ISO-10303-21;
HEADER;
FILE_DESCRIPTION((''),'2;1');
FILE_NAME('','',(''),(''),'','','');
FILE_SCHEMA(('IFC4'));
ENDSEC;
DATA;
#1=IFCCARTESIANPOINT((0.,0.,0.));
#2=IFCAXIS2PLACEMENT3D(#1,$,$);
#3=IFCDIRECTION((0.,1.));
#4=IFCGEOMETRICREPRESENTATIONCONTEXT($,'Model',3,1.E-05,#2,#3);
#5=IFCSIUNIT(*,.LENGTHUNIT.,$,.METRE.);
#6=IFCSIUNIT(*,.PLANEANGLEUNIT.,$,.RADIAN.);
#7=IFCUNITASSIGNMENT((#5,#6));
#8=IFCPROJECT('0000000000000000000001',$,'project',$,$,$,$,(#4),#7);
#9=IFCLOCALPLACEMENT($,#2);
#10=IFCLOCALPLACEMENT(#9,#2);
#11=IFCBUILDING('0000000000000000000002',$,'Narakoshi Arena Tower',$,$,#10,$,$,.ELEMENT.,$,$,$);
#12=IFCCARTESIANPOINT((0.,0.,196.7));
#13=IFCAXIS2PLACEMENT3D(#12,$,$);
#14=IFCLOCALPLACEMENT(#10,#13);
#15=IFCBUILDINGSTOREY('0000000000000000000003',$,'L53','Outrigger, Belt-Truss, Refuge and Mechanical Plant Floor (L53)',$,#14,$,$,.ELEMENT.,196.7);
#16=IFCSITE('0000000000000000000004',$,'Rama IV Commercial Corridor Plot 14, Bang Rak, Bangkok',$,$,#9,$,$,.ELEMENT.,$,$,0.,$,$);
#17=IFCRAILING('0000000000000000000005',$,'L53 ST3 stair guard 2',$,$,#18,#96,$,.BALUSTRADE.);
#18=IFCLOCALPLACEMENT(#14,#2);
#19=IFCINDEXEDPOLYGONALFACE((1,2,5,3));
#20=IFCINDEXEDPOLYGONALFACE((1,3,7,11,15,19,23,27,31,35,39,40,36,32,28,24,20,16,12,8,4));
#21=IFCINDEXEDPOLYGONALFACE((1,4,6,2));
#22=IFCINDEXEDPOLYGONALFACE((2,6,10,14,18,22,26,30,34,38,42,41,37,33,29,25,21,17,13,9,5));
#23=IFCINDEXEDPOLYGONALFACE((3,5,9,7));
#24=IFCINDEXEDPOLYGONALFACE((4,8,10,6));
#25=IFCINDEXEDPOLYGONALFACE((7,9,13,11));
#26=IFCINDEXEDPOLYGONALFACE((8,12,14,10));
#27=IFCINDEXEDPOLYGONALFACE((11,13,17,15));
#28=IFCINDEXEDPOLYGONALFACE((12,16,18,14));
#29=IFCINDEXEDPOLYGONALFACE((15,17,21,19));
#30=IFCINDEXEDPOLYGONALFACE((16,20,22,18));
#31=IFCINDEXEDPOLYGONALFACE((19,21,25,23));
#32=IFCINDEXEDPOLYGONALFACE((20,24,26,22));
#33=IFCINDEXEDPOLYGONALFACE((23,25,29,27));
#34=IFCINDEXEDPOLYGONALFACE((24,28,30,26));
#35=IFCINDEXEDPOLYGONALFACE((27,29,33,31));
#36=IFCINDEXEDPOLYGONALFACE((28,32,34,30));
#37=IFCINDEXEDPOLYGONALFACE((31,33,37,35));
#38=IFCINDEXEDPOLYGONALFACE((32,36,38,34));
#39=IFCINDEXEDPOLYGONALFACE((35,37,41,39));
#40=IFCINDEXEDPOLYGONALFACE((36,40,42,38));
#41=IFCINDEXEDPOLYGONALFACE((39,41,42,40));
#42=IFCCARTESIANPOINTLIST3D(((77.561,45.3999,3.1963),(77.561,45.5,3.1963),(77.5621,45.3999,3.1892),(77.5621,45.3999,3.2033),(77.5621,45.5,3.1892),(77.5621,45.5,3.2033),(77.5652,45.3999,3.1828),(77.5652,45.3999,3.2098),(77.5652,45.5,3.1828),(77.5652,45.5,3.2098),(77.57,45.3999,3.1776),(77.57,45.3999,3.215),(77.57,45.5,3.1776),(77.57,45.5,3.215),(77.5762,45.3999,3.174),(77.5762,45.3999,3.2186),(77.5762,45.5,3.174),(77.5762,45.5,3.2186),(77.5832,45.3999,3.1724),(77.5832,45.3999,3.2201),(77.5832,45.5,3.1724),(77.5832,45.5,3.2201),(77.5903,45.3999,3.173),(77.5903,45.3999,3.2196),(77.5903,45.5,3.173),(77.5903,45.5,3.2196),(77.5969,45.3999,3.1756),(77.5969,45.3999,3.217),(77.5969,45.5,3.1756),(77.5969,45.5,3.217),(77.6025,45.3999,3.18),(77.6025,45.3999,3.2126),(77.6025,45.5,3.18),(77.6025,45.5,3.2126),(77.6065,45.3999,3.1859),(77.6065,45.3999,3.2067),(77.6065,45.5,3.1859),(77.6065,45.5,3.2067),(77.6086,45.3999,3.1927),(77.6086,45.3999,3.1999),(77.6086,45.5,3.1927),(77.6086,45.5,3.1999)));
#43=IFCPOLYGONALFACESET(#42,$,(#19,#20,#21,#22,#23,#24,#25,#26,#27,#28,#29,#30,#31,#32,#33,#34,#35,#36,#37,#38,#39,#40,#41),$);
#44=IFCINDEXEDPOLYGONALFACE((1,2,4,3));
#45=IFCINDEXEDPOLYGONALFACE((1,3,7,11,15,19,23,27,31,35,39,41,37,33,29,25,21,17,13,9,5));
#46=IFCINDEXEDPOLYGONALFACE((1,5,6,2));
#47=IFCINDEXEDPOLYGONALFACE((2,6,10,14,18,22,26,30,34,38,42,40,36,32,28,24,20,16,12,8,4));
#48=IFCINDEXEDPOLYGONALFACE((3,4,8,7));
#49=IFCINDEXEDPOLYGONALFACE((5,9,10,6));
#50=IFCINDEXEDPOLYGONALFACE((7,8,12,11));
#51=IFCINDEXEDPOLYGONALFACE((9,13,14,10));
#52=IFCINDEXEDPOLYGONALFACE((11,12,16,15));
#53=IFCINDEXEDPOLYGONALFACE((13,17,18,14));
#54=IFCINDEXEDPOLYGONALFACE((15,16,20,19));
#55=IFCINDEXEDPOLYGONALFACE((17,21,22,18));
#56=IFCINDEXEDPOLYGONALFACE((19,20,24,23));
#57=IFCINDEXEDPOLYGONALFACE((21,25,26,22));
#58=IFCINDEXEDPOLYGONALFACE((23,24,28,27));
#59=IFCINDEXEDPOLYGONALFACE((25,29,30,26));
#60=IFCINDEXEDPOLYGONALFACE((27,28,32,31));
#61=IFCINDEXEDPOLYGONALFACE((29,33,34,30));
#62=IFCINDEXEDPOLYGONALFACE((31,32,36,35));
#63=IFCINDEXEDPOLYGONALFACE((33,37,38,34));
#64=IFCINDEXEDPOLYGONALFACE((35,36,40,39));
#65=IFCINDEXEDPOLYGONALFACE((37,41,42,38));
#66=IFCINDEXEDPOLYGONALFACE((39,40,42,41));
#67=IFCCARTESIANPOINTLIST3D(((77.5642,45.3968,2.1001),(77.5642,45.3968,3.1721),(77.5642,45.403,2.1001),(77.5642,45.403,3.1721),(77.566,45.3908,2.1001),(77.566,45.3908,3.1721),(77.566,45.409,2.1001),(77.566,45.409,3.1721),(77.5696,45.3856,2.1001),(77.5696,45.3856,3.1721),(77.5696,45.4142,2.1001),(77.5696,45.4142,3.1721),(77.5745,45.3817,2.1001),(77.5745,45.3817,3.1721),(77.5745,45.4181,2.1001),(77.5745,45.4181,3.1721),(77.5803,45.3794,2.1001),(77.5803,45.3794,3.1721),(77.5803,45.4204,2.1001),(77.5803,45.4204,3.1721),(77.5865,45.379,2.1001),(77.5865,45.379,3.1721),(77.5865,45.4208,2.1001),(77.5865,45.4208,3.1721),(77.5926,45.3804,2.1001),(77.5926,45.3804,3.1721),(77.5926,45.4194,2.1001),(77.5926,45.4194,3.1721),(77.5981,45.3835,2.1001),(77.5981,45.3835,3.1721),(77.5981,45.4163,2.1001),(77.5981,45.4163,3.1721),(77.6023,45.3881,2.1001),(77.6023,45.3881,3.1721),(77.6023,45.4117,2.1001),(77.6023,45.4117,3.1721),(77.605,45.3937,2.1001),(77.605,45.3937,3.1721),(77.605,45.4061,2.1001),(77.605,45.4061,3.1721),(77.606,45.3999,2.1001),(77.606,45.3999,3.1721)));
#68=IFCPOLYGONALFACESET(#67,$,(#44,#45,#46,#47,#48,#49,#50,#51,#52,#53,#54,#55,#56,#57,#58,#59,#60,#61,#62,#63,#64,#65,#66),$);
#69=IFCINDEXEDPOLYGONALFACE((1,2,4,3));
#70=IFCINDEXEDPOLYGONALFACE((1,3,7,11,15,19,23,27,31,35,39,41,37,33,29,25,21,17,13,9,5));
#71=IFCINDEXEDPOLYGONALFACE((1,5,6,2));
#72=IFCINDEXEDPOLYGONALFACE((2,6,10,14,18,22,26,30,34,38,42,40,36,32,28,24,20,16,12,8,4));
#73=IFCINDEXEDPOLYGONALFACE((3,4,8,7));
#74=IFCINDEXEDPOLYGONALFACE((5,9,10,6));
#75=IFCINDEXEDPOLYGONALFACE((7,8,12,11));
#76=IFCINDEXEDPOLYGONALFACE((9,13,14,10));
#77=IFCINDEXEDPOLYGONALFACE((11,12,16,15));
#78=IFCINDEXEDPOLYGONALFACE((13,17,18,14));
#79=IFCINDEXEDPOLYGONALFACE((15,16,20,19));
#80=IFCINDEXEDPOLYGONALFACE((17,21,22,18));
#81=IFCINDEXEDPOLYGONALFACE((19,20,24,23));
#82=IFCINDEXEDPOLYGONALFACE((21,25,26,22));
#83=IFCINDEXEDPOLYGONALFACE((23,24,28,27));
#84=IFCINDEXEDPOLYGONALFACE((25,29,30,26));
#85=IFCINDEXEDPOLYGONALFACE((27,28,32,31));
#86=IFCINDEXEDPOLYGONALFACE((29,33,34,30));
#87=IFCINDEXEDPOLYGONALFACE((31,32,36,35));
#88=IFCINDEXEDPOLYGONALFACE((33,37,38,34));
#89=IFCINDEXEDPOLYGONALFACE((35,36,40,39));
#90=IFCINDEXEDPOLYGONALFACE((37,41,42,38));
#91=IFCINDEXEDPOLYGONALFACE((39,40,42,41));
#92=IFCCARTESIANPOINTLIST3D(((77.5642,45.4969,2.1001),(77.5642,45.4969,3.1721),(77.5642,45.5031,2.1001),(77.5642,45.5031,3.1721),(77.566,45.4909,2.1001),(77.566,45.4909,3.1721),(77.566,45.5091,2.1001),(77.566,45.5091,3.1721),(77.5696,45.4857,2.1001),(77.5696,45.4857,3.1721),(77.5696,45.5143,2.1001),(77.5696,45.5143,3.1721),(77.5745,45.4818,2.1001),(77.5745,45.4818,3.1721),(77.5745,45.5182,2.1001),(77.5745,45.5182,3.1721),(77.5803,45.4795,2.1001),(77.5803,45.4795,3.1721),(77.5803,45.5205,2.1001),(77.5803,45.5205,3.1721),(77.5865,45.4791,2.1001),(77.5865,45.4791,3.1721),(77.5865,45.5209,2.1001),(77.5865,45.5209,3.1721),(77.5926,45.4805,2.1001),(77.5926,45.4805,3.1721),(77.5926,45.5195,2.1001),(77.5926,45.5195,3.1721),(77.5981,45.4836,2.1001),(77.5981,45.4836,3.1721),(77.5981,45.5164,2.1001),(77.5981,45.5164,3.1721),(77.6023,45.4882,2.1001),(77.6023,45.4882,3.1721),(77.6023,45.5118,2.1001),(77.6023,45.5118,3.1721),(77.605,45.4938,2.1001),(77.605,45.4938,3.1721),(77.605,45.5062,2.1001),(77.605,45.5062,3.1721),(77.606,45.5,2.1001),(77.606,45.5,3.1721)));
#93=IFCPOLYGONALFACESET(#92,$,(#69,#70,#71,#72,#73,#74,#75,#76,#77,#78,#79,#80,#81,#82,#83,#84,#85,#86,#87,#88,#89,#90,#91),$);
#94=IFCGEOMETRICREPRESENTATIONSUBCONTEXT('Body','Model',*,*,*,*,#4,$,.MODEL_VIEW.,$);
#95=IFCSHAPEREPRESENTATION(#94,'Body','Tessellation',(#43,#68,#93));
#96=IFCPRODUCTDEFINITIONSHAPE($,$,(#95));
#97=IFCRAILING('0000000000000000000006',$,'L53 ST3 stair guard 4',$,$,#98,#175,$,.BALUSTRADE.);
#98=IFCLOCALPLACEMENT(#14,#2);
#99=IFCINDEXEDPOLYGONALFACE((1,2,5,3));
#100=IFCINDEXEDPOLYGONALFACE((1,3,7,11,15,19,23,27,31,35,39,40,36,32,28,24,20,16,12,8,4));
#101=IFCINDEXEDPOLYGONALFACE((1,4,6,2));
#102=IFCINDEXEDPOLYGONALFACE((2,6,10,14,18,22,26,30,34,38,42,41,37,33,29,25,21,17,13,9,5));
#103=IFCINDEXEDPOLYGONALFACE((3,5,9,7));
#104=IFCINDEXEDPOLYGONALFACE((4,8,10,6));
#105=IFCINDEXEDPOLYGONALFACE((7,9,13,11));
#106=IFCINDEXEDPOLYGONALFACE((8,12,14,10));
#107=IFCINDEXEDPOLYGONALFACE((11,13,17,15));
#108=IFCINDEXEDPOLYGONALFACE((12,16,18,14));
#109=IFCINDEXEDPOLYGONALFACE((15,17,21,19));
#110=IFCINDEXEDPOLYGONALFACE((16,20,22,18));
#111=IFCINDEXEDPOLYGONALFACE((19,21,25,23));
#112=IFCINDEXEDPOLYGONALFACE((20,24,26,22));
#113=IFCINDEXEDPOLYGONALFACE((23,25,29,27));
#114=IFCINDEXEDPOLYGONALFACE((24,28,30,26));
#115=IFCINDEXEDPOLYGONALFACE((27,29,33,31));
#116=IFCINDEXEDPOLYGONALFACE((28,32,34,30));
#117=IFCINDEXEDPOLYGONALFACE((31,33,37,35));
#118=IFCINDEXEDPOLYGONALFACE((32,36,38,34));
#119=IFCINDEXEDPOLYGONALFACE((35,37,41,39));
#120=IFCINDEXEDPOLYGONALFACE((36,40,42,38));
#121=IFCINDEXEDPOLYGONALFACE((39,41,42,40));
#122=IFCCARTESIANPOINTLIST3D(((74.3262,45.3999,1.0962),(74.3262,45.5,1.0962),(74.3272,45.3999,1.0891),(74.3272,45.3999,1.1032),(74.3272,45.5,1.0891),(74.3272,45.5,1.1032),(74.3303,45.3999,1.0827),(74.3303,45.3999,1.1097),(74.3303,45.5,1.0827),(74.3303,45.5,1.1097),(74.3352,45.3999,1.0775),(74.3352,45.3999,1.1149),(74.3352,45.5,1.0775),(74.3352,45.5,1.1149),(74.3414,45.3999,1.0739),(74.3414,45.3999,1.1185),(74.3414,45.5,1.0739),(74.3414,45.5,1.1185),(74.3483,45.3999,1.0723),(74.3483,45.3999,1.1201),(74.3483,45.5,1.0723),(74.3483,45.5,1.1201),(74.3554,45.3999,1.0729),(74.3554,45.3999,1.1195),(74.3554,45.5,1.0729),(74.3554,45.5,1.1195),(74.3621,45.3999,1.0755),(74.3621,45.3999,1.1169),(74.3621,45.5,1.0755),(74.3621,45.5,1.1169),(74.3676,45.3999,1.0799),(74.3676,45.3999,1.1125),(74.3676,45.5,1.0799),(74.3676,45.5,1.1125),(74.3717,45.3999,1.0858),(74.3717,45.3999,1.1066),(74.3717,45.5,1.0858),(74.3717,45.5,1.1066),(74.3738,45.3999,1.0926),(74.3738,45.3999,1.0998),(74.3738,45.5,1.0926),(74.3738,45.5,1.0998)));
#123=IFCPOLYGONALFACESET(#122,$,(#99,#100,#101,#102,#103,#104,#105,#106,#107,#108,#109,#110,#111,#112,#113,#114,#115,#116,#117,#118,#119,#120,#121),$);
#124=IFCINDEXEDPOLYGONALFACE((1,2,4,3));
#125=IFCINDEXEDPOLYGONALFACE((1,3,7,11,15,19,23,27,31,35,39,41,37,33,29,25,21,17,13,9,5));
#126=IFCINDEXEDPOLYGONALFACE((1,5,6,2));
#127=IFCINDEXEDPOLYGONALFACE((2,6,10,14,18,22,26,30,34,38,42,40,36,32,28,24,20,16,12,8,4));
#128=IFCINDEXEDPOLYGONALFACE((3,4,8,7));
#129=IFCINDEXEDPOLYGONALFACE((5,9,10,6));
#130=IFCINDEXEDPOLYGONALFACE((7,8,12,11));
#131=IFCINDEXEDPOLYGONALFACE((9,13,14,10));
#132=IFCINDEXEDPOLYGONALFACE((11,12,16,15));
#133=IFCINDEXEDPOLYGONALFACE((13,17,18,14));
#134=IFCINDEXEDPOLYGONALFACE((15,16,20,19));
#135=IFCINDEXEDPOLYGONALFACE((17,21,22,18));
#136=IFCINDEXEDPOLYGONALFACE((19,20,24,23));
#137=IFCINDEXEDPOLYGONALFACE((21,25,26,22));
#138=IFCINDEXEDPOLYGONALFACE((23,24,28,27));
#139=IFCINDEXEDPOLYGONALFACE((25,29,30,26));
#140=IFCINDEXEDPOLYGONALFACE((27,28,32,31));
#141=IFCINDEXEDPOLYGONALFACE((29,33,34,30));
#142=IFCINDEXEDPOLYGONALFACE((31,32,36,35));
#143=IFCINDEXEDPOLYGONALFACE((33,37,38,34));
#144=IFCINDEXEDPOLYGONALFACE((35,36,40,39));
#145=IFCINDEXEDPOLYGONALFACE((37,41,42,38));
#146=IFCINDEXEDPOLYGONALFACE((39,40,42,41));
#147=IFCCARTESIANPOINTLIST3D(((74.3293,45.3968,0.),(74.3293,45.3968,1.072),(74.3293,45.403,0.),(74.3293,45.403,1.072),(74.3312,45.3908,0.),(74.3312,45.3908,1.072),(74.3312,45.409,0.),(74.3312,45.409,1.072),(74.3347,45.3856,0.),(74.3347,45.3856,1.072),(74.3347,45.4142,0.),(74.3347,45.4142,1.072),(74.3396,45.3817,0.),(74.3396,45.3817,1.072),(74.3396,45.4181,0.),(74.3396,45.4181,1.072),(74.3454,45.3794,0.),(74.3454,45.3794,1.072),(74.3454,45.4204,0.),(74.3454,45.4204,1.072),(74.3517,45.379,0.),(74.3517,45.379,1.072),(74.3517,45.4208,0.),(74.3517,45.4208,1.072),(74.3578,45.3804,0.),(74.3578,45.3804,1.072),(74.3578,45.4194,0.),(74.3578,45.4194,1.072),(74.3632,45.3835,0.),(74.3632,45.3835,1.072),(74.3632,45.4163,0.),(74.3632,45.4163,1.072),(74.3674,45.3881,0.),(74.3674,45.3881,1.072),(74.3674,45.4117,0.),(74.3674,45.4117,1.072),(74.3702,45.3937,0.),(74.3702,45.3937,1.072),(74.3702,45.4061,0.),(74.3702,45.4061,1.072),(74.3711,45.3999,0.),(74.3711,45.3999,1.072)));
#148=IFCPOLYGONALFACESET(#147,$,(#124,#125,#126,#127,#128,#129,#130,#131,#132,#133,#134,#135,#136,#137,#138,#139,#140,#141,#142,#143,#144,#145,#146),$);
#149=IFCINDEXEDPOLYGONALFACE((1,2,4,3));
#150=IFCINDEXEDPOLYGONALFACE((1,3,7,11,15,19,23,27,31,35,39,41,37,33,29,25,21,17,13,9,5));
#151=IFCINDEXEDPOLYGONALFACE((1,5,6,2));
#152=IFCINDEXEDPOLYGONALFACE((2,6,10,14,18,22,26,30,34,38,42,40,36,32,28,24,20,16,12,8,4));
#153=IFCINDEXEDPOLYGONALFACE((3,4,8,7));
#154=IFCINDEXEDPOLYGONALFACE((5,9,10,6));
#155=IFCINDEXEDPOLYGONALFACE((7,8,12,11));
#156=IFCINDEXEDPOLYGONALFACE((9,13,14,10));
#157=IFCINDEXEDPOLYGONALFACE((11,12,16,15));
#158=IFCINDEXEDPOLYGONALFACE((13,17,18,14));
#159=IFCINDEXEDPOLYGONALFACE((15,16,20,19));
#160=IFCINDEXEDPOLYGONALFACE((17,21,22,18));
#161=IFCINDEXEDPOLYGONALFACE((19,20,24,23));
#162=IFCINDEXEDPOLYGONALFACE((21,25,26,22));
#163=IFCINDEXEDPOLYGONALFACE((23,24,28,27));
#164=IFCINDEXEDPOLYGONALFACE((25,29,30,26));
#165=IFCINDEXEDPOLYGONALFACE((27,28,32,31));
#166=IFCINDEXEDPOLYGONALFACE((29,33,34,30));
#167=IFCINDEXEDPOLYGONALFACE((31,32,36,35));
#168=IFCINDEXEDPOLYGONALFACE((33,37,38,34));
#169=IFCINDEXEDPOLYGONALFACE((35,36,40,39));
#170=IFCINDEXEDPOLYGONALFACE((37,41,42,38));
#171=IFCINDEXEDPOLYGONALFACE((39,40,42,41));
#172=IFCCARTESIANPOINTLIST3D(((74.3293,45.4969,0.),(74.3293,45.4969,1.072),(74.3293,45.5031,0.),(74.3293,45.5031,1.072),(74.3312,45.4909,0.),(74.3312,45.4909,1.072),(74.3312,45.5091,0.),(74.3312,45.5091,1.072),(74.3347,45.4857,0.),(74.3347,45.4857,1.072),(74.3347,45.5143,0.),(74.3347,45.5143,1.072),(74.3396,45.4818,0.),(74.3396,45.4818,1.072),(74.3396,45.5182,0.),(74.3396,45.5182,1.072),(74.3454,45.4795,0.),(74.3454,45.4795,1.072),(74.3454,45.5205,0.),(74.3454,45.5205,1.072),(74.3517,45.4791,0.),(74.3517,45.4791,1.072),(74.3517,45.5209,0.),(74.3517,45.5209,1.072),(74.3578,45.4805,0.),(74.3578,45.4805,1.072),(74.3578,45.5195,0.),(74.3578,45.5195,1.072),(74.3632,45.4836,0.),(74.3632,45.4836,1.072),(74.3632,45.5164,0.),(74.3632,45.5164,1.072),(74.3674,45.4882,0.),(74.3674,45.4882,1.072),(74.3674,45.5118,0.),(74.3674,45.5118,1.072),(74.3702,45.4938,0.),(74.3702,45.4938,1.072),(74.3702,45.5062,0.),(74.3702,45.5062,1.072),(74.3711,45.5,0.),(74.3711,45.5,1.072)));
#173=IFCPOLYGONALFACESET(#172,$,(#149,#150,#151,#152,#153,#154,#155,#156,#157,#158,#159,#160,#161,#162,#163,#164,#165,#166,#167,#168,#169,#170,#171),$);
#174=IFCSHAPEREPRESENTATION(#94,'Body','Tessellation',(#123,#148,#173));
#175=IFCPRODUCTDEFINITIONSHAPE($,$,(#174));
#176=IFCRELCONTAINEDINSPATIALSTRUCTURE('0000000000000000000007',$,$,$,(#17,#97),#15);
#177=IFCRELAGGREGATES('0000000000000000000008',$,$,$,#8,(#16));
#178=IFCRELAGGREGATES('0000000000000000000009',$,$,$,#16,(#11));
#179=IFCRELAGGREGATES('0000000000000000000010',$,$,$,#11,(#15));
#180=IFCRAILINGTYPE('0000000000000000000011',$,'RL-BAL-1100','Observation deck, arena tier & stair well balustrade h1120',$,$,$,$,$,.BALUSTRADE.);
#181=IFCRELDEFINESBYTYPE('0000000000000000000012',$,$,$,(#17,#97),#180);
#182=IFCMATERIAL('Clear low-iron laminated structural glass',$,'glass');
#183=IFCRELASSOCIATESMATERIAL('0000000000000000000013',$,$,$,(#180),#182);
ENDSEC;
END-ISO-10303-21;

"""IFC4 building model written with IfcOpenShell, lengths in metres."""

from ifc_helpers import new_model, si_unit, direction, frame, origin, origin_2d, place, context, subcontext, project, spatial, circle, extrude, material, type_object, element, save


model = new_model("IFC4")

# Units and contexts
model_context = context("Model", 3, precision=1e-05, world=origin(), true_north=direction((0.0, 1.0)))
body_context = subcontext(model_context, "Body", "Model", "MODEL_VIEW")
ifc_project = project(units=[si_unit("LENGTHUNIT", "METRE"), si_unit("PLANEANGLEUNIT", "RADIAN")], contexts=[model_context])

# Site, building, storey
site_placement = place(None, origin())
site = spatial("IfcSite", under=ifc_project, at=site_placement, Name="Rama IV Commercial Corridor Plot 14, Bang Rak, Bangkok", CompositionType="ELEMENT", RefElevation=0.0)
building_placement = place(site_placement, origin())
building = spatial("IfcBuilding", under=site, at=building_placement, Name="Narakoshi Arena Tower", CompositionType="ELEMENT")
storey_placement = place(building_placement, frame((0.0, 0.0, 196.7)))
storey = spatial("IfcBuildingStorey", under=building, at=storey_placement, Name="L53", Description="Outrigger, Belt-Truss, Refuge and Mechanical Plant Floor (L53)", CompositionType="ELEMENT", Elevation=196.7)

# Railings
ifc_material_1 = material(Name="Clear low-iron laminated structural glass", Category="glass")
railing_type_1 = type_object("IfcRailingType", Name="RL-BAL-1100", Description="Observation deck, arena tier & stair well balustrade h1120", PredefinedType="BALUSTRADE", material=ifc_material_1)
for number, where, name in (
    (1, (77.585, 45.3999, 2.1001), "L53 ST3 stair guard 2"),
    (2, (74.3501, 45.3999, 0.0), "L53 ST3 stair guard 4"),
):
    element("IfcRailing", number, at=place(storey_placement, frame(where)), inside=storey, type_object=railing_type_1, Name=name, PredefinedType="BALUSTRADE", context=body_context, shape_type="SweptSolid", body=[
        extrude(circle(Radius=0.0239, at=origin_2d()), frame((0.0, 0.0, 1.0962), z_axis=(0.0, 1.0, 0.0), x_axis=(-1.0, 0.0, 0.0)), (0.0, 0.0, 1.0), 0.1001),
        extrude(circle(Radius=0.021, at=origin_2d()), origin(), (0.0, 0.0, 1.0), 1.072),
        extrude(circle(Radius=0.021, at=origin_2d()), frame((0.0, 0.1001, 0.0)), (0.0, 0.0, 1.0), 1.072),
    ])

save(model, "model.ifc")
